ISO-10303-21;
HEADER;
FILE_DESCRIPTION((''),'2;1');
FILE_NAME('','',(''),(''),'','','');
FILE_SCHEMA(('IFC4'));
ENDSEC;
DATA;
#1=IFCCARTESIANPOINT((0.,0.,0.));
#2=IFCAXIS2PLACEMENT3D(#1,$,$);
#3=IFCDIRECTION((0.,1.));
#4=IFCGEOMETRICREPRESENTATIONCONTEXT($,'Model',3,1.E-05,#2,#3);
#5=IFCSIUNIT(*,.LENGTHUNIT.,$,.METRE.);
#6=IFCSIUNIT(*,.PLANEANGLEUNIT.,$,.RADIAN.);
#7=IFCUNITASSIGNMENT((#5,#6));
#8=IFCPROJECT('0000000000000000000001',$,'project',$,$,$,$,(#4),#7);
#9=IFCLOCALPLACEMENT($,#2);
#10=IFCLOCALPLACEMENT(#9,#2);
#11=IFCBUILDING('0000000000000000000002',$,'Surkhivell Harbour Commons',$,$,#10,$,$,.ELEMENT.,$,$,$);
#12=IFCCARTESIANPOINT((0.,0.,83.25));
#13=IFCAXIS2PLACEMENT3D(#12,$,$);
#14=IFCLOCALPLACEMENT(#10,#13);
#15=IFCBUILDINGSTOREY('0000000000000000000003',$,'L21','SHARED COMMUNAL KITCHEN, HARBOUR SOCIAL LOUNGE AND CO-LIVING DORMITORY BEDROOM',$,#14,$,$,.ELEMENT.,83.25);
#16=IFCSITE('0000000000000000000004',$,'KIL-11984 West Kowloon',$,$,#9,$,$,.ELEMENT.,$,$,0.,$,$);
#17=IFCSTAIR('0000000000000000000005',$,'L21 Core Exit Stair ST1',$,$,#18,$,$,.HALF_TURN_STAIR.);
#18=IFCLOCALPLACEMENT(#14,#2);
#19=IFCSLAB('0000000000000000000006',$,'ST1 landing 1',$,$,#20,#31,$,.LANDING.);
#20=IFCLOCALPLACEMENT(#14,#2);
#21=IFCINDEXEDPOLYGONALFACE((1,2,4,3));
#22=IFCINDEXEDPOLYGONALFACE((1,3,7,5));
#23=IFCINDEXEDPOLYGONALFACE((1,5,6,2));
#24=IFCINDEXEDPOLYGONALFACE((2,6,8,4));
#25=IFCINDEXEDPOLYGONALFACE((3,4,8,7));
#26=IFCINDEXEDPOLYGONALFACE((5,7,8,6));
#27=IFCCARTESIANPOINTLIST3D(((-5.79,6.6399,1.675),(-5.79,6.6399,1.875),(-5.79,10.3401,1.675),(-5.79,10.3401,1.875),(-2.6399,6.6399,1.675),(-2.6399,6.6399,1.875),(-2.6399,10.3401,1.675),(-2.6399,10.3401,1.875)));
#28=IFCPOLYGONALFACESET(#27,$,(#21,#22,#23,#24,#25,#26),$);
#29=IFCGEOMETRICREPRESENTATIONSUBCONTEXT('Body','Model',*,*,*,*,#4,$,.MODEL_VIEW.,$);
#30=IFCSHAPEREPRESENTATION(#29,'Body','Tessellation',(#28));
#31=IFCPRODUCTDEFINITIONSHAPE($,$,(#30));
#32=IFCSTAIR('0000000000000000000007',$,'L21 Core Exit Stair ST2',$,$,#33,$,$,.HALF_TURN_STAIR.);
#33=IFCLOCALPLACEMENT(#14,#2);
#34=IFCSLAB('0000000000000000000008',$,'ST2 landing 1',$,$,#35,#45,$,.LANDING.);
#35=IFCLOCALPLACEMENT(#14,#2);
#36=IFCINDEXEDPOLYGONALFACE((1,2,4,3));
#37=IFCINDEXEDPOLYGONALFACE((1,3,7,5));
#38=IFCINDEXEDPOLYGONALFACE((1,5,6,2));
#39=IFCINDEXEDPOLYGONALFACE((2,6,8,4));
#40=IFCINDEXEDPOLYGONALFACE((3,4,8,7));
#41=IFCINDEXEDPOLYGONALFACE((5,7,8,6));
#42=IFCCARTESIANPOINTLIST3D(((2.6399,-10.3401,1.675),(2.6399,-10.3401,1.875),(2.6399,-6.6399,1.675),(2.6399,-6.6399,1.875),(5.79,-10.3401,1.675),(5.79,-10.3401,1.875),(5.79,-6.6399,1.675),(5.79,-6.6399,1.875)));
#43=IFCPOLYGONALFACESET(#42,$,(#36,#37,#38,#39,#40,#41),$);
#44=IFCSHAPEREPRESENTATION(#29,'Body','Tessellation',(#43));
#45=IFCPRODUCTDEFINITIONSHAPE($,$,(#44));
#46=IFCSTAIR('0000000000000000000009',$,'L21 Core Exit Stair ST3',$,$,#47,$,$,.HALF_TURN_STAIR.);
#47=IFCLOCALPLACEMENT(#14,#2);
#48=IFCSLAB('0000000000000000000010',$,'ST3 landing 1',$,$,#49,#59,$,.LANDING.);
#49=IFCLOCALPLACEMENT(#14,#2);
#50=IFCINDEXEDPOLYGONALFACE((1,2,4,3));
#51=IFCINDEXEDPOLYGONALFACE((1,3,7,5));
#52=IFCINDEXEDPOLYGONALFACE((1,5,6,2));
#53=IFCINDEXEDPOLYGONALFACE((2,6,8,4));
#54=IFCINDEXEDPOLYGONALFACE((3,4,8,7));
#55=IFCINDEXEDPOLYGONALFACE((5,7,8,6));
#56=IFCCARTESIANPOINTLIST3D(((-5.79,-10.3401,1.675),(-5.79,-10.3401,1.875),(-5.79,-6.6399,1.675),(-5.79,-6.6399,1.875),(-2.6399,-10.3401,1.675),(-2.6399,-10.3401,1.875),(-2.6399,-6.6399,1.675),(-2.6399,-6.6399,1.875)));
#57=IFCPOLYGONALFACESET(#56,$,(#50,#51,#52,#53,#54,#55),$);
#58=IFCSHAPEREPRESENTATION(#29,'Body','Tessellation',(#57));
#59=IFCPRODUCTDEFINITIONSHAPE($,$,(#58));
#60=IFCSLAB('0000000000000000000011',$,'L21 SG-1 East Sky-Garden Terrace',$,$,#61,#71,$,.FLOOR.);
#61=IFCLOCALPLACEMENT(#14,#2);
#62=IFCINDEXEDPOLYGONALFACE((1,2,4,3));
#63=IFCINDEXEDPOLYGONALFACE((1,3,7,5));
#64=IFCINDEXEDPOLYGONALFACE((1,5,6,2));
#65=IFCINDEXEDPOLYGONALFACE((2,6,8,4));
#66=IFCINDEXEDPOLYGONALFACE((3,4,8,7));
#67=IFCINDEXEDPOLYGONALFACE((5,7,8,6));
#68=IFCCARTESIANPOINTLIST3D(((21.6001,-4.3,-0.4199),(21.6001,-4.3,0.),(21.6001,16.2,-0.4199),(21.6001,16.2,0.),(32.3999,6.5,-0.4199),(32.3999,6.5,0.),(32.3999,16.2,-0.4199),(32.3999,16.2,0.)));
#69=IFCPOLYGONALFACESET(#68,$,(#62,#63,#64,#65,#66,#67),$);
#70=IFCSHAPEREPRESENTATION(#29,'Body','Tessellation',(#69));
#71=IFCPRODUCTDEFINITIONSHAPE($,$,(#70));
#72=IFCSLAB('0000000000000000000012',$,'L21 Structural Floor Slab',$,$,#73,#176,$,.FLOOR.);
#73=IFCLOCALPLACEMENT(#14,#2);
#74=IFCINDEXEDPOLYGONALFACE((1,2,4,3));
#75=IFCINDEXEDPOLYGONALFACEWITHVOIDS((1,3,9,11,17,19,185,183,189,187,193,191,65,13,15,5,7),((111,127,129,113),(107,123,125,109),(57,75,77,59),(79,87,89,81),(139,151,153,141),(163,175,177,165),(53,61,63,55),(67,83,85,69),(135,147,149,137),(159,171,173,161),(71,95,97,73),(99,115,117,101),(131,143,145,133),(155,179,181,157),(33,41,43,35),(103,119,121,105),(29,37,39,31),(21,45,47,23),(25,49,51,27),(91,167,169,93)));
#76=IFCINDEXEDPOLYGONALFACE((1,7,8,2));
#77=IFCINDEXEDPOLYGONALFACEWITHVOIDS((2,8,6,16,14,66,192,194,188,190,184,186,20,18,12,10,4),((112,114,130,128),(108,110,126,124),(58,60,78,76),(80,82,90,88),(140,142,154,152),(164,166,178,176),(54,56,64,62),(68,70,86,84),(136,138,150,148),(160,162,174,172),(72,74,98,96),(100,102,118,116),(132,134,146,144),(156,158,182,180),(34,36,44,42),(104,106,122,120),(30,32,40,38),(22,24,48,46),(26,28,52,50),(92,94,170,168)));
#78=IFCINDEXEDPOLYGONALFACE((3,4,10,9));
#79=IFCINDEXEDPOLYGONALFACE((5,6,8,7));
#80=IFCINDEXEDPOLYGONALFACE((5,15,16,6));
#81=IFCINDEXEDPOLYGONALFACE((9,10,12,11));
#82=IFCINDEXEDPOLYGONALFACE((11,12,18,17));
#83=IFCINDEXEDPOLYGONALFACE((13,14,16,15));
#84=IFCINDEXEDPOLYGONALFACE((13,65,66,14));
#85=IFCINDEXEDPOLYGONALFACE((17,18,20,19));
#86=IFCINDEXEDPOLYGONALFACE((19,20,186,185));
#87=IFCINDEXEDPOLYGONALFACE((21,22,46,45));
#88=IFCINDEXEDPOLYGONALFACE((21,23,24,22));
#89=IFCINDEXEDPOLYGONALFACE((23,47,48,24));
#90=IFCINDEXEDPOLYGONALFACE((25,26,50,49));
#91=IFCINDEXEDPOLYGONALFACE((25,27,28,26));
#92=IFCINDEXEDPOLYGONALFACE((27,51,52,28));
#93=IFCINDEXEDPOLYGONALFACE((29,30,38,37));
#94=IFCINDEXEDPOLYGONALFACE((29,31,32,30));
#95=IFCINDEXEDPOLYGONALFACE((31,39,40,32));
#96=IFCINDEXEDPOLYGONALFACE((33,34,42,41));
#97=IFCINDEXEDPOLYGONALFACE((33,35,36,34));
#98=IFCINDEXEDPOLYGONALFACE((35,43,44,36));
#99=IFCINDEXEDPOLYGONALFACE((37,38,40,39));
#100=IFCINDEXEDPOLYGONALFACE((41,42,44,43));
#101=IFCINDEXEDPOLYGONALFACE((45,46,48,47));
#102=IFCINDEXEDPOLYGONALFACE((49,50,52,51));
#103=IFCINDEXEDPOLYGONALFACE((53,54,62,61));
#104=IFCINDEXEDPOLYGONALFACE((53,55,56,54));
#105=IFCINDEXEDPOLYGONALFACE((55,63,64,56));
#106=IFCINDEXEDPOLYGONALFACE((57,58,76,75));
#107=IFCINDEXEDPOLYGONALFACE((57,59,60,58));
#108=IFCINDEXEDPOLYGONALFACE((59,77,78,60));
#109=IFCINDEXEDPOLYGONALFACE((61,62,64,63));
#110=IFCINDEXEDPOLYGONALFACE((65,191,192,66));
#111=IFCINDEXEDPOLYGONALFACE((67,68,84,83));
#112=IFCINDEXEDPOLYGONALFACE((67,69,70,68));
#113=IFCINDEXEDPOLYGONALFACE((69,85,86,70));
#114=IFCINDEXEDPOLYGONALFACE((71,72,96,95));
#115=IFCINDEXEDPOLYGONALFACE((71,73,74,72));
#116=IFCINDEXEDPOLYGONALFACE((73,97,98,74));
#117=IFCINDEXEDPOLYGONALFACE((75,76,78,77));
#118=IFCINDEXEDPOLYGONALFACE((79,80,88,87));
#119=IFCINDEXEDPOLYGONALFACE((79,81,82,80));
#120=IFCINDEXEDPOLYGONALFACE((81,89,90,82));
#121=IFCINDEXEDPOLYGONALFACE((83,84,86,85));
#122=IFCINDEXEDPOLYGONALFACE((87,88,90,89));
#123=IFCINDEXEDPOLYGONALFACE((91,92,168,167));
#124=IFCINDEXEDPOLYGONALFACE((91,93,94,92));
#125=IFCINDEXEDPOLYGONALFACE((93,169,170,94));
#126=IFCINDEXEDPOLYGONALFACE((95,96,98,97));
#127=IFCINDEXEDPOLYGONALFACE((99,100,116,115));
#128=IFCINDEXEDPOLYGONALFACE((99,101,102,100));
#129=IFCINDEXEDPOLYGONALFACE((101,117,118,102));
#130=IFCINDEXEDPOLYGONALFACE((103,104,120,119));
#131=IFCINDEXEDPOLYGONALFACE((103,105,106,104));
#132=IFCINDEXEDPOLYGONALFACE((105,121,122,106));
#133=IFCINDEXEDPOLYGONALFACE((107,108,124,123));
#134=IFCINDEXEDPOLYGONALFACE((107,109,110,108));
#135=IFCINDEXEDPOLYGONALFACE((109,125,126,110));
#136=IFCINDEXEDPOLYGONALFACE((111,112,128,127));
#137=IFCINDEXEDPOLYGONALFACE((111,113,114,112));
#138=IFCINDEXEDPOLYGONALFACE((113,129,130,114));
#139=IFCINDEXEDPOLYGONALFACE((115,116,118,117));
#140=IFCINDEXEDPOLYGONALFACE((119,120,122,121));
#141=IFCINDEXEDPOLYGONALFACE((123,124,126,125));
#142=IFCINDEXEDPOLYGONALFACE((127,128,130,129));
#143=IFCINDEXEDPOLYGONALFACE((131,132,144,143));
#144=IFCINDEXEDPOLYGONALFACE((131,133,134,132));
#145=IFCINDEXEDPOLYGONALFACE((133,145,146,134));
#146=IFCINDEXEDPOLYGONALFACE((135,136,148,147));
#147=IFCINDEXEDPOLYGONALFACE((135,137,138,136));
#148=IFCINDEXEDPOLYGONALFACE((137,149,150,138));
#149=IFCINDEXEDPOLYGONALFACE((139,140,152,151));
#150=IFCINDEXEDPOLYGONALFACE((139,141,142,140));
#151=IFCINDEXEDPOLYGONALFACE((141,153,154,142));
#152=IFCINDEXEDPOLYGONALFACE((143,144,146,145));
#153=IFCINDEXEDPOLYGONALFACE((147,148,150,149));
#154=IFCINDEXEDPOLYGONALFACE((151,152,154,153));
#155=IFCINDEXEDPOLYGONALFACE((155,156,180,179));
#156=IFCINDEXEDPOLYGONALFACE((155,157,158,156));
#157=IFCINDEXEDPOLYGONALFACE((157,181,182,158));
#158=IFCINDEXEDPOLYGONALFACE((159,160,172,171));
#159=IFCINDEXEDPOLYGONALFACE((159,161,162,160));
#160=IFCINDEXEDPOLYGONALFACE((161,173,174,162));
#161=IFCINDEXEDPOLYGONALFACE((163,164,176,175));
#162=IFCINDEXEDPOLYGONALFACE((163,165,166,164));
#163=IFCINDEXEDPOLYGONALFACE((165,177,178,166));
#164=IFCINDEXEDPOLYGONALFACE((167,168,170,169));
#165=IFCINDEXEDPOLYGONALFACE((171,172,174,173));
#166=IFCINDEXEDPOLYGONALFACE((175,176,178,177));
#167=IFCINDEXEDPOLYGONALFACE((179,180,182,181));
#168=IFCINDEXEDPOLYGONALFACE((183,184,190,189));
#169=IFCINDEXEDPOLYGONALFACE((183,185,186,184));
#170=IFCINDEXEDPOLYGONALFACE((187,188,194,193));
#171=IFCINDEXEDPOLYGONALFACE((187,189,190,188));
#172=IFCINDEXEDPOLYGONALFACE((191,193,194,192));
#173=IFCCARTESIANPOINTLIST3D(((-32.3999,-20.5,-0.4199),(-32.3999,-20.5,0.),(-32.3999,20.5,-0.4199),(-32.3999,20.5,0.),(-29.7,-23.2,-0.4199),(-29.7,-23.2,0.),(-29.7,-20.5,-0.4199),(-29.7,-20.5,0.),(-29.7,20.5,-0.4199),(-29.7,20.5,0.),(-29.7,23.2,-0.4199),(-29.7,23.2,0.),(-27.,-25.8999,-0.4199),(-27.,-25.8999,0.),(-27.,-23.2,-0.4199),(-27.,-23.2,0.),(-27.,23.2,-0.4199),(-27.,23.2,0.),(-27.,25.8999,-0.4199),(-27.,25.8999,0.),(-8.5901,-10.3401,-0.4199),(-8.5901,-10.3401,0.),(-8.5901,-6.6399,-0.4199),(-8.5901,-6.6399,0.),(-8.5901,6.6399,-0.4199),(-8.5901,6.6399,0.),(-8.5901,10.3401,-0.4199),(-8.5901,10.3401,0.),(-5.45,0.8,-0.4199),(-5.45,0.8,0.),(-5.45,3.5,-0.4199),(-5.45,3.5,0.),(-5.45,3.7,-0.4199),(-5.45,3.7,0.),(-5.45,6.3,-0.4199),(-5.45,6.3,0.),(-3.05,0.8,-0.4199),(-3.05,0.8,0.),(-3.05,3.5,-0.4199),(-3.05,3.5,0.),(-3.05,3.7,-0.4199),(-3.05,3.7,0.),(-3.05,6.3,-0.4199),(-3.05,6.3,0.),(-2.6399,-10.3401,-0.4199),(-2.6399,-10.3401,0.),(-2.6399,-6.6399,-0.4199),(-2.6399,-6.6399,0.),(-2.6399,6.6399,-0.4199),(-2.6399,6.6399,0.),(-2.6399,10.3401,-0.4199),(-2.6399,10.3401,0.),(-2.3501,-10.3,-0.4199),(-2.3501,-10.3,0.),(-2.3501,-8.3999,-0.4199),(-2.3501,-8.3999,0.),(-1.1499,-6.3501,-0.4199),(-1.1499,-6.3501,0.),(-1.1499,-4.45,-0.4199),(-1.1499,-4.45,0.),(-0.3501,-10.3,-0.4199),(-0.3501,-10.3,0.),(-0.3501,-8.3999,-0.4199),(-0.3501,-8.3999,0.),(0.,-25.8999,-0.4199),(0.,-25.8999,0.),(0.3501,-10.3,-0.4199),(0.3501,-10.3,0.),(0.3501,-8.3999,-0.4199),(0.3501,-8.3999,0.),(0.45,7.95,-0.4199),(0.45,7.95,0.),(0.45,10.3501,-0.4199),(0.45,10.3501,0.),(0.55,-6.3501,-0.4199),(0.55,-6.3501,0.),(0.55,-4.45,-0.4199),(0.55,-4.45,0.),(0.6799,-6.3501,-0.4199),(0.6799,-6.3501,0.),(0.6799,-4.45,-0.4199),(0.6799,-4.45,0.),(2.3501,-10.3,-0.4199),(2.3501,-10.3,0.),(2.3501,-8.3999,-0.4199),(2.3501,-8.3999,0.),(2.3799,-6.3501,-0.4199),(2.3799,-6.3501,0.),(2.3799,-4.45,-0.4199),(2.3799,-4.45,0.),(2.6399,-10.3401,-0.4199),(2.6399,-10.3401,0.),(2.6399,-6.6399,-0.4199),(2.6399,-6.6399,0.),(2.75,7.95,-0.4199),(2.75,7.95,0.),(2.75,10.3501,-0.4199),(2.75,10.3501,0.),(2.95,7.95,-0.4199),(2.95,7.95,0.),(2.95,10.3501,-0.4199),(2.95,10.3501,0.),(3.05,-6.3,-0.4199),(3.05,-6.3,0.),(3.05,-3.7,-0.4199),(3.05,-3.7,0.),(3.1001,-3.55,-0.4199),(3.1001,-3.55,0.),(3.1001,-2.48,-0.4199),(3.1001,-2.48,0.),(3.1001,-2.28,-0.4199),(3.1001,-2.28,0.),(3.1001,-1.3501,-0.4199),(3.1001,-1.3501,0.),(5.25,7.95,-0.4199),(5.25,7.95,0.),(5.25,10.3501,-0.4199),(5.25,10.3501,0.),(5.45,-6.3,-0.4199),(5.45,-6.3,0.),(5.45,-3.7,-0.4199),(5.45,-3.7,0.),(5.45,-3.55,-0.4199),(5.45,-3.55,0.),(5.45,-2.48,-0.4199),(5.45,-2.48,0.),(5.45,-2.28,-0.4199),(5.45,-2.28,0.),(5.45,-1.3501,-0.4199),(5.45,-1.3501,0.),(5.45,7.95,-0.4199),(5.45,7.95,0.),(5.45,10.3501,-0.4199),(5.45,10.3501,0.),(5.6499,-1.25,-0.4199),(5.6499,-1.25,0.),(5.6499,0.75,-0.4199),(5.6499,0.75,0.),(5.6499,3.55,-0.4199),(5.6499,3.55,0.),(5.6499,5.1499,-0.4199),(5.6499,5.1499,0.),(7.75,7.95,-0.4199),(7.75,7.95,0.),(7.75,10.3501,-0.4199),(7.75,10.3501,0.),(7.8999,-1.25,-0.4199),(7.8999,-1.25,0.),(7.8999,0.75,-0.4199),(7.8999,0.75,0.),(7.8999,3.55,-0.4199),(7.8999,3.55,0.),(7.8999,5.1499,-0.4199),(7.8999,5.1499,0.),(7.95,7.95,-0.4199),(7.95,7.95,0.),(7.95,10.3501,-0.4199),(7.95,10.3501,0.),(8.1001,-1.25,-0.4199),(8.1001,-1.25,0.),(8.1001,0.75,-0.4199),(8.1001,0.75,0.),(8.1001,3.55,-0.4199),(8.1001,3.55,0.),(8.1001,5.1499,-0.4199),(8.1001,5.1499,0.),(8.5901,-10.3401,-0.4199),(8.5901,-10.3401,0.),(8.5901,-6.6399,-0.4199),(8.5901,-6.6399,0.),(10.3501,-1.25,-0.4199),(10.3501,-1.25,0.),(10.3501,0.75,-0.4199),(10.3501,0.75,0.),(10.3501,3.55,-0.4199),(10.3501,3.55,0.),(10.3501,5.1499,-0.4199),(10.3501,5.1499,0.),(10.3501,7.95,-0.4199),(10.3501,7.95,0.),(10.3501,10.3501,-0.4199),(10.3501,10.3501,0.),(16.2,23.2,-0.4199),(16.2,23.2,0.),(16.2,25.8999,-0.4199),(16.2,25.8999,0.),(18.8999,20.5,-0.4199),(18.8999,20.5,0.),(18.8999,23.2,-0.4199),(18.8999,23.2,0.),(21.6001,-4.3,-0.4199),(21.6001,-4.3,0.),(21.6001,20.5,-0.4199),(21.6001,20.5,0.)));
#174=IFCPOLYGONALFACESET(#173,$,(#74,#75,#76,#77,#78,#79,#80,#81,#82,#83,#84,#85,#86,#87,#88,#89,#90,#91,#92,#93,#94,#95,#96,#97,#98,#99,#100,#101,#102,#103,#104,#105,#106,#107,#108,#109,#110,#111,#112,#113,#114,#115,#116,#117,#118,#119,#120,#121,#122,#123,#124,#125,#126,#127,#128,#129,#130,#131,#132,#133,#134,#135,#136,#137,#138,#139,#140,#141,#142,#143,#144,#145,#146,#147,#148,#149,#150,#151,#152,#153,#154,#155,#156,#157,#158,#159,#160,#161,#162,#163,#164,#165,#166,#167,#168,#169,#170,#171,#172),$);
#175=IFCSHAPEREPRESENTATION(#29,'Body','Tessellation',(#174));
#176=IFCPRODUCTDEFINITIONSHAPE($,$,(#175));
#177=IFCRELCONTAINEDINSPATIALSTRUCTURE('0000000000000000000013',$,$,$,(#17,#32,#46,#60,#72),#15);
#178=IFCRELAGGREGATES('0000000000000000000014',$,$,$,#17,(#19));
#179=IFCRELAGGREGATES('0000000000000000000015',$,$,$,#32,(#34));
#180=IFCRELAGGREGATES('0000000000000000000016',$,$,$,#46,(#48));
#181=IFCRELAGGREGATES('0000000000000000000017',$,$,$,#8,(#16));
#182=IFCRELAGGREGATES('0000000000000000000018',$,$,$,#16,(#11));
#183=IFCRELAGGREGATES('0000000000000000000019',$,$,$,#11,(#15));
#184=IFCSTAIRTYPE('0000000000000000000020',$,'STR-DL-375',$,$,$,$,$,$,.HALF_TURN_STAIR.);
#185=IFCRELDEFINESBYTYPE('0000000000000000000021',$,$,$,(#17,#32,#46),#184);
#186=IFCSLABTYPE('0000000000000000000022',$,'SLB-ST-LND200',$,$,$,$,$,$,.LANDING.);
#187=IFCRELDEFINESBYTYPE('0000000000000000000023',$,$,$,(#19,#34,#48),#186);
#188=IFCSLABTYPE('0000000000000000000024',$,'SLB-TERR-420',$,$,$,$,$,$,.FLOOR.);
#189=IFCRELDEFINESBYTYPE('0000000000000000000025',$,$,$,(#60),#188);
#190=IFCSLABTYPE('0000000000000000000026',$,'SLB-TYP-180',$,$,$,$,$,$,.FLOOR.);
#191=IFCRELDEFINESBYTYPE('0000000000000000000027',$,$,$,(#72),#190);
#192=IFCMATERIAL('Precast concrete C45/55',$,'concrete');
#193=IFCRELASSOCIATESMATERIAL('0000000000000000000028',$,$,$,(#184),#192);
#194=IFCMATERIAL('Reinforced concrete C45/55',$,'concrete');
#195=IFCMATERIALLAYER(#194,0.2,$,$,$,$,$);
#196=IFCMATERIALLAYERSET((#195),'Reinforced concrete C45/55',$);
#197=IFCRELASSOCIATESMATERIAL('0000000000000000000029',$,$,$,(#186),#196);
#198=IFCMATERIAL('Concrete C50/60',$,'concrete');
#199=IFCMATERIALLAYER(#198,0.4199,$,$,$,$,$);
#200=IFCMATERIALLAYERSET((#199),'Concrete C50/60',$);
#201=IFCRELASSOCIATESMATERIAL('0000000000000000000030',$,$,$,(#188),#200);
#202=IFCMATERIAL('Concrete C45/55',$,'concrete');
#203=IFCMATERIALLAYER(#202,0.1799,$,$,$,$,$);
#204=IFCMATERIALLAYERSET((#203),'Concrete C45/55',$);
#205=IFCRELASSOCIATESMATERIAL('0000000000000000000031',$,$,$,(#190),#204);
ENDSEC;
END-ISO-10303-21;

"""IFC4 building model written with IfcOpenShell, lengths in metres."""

from ifc_helpers import new_model, si_unit, direction, frame, origin, place, context, subcontext, project, spatial, polyline, outline, extrude, material, layer, layer_set, type_object, element, aggregate, save


model = new_model("IFC4")

# Units and contexts
model_context = context("Model", 3, precision=1e-05, world=origin(), true_north=direction((0.0, 1.0)))
body_context = subcontext(model_context, "Body", "Model", "MODEL_VIEW")
ifc_project = project(units=[si_unit("LENGTHUNIT", "METRE"), si_unit("PLANEANGLEUNIT", "RADIAN")], contexts=[model_context])

# Site, building, storey
site_placement = place(None, origin())
site = spatial("IfcSite", under=ifc_project, at=site_placement, Name="KIL-11984 West Kowloon", CompositionType="ELEMENT", RefElevation=0.0)
building_placement = place(site_placement, origin())
building = spatial("IfcBuilding", under=site, at=building_placement, Name="Surkhivell Harbour Commons", CompositionType="ELEMENT")
storey_placement = place(building_placement, frame((0.0, 0.0, 83.25)))
storey = spatial("IfcBuildingStorey", under=building, at=storey_placement, Name="L21", Description="SHARED COMMUNAL KITCHEN, HARBOUR SOCIAL LOUNGE AND CO-LIVING DORMITORY BEDROOM", CompositionType="ELEMENT", Elevation=83.25)

# Stairs, slabs
ifc_material_1 = material(Name="Precast concrete C45/55", Category="concrete")
stair_type = type_object("IfcStairType", Name="STR-DL-375", PredefinedType="HALF_TURN_STAIR", material=ifc_material_1)
stair_1_placement = place(storey_placement, origin())
stair_1 = element("IfcStair", 1, at=stair_1_placement, inside=storey, type_object=stair_type, Name="L21 Core Exit Stair ST1", PredefinedType="HALF_TURN_STAIR")
ifc_material_2 = material(Name="Reinforced concrete C45/55", Category="concrete")
ifc_layer_1 = layer(ifc_material_2, 0.2)
ifc_layer_set_1 = layer_set([ifc_layer_1], Name="Reinforced concrete C45/55")
slab_type_1 = type_object("IfcSlabType", Name="SLB-ST-LND200", PredefinedType="LANDING", material=ifc_layer_set_1)
slab_1_placement = place(storey_placement, frame((0.0, 0.0, 1.675)))
slab_1 = element("IfcSlab", 2, at=slab_1_placement, type_object=slab_type_1, Name="ST1 landing 1", PredefinedType="LANDING", context=body_context, shape_type="SweptSolid", body=[
    extrude(outline(polyline([(-5.79, 6.6399), (-2.6399, 6.6399), (-2.6399, 10.3401), (-5.79, 10.3401), (-5.79, 6.6399)])), origin(), (0.0, 0.0, 1.0), 0.2),
])
aggregate(stair_1, [slab_1])
stair_2_placement = place(storey_placement, origin())
stair_2 = element("IfcStair", 3, at=stair_2_placement, inside=storey, type_object=stair_type, Name="L21 Core Exit Stair ST2", PredefinedType="HALF_TURN_STAIR")
slab_2_placement = place(storey_placement, frame((0.0, 0.0, 1.675)))
slab_2 = element("IfcSlab", 4, at=slab_2_placement, type_object=slab_type_1, Name="ST2 landing 1", PredefinedType="LANDING", context=body_context, shape_type="SweptSolid", body=[
    extrude(outline(polyline([(5.79, -6.6399), (2.6399, -6.6399), (2.6399, -10.3401), (5.79, -10.3401), (5.79, -6.6399)])), origin(), (0.0, 0.0, 1.0), 0.2),
])
aggregate(stair_2, [slab_2])
stair_3_placement = place(storey_placement, origin())
stair_3 = element("IfcStair", 5, at=stair_3_placement, inside=storey, type_object=stair_type, Name="L21 Core Exit Stair ST3", PredefinedType="HALF_TURN_STAIR")
slab_3_placement = place(storey_placement, frame((0.0, 0.0, 1.675)))
slab_3 = element("IfcSlab", 6, at=slab_3_placement, type_object=slab_type_1, Name="ST3 landing 1", PredefinedType="LANDING", context=body_context, shape_type="SweptSolid", body=[
    extrude(outline(polyline([(-5.79, -10.3401), (-2.6399, -10.3401), (-2.6399, -6.6399), (-5.79, -6.6399), (-5.79, -10.3401)])), origin(), (0.0, 0.0, 1.0), 0.2),
])
aggregate(stair_3, [slab_3])

# Slabs
ifc_material_3 = material(Name="Concrete C50/60", Category="concrete")
ifc_layer_2 = layer(ifc_material_3, 0.4199)
ifc_layer_set_2 = layer_set([ifc_layer_2], Name="Concrete C50/60")
slab_type_2 = type_object("IfcSlabType", Name="SLB-TERR-420", PredefinedType="FLOOR", material=ifc_layer_set_2)
slab_4_placement = place(storey_placement, frame((0.0, 0.0, -0.4199)))
element("IfcSlab", 7, at=slab_4_placement, inside=storey, type_object=slab_type_2, Name="L21 SG-1 East Sky-Garden Terrace", PredefinedType="FLOOR", context=body_context, shape_type="SweptSolid", body=[
    extrude(outline(polyline([(21.6001, -4.3), (32.3999, 6.5), (32.3999, 16.2), (21.6001, 16.2), (21.6001, -4.3)])), origin(), (0.0, 0.0, 1.0), 0.4199),
])
ifc_material_4 = material(Name="Concrete C45/55", Category="concrete")
ifc_layer_3 = layer(ifc_material_4, 0.1799)
ifc_layer_set_3 = layer_set([ifc_layer_3], Name="Concrete C45/55")
slab_type_3 = type_object("IfcSlabType", Name="SLB-TYP-180", PredefinedType="FLOOR", material=ifc_layer_set_3)
slab_5_placement = place(storey_placement, frame((0.0, 0.0, -0.4199)))
element("IfcSlab", 8, at=slab_5_placement, inside=storey, type_object=slab_type_3, Name="L21 Structural Floor Slab", PredefinedType="FLOOR", context=body_context, shape_type="SweptSolid", body=[
    extrude(outline(polyline([(-27.0, -25.8999), (0.0, -25.8999), (21.6001, -4.3), (21.6001, 20.5), (18.8999, 20.5), (18.8999, 23.2), (16.2, 23.2), (16.2, 25.8999), (-27.0, 25.8999), (-27.0, 23.2), (-29.7, 23.2), (-29.7, 20.5), (-32.3999, 20.5), (-32.3999, -20.5), (-29.7, -20.5), (-29.7, -23.2), (-27.0, -23.2), (-27.0, -25.8999)]), holes=[polyline([(-8.5901, 6.6399), (-2.6399, 6.6399), (-2.6399, 10.3401), (-8.5901, 10.3401), (-8.5901, 6.6399)]), polyline([(8.5901, -6.6399), (2.6399, -6.6399), (2.6399, -10.3401), (8.5901, -10.3401), (8.5901, -6.6399)]), polyline([(-8.5901, -10.3401), (-2.6399, -10.3401), (-2.6399, -6.6399), (-8.5901, -6.6399), (-8.5901, -10.3401)]), polyline([(0.45, 7.95), (2.75, 7.95), (2.75, 10.3501), (0.45, 10.3501), (0.45, 7.95)]), polyline([(2.95, 7.95), (5.25, 7.95), (5.25, 10.3501), (2.95, 10.3501), (2.95, 7.95)]), polyline([(5.45, 7.95), (7.75, 7.95), (7.75, 10.3501), (5.45, 10.3501), (5.45, 7.95)]), polyline([(7.95, 7.95), (10.3501, 7.95), (10.3501, 10.3501), (7.95, 10.3501), (7.95, 7.95)]), polyline([(5.6499, 3.55), (7.8999, 3.55), (7.8999, 5.1499), (5.6499, 5.1499), (5.6499, 3.55)]), polyline([(8.1001, 3.55), (10.3501, 3.55), (10.3501, 5.1499), (8.1001, 5.1499), (8.1001, 3.55)]), polyline([(5.6499, -1.25), (7.8999, -1.25), (7.8999, 0.75), (5.6499, 0.75), (5.6499, -1.25)]), polyline([(8.1001, -1.25), (10.3501, -1.25), (10.3501, 0.75), (8.1001, 0.75), (8.1001, -1.25)]), polyline([(-1.1499, -6.3501), (0.55, -6.3501), (0.55, -4.45), (-1.1499, -4.45), (-1.1499, -6.3501)]), polyline([(0.6799, -6.3501), (2.3799, -6.3501), (2.3799, -4.45), (0.6799, -4.45), (0.6799, -6.3501)]), polyline([(-2.3501, -10.3), (-0.3501, -10.3), (-0.3501, -8.3999), (-2.3501, -8.3999), (-2.3501, -10.3)]), polyline([(0.3501, -10.3), (2.3501, -10.3), (2.3501, -8.3999), (0.3501, -8.3999), (0.3501, -10.3)]), polyline([(-5.45, 3.7), (-3.05, 3.7), (-3.05, 6.3), (-5.45, 6.3), (-5.45, 3.7)]), polyline([(3.05, -6.3), (5.45, -6.3), (5.45, -3.7), (3.05, -3.7), (3.05, -6.3)]), polyline([(-5.45, 0.8), (-3.05, 0.8), (-3.05, 3.5), (-5.45, 3.5), (-5.45, 0.8)]), polyline([(3.1001, -3.55), (5.45, -3.55), (5.45, -2.48), (3.1001, -2.48), (3.1001, -3.55)]), polyline([(3.1001, -2.28), (5.45, -2.28), (5.45, -1.3501), (3.1001, -1.3501), (3.1001, -2.28)])]), origin(), (0.0, 0.0, 1.0), 0.4199),
])

save(model, "model.ifc")
